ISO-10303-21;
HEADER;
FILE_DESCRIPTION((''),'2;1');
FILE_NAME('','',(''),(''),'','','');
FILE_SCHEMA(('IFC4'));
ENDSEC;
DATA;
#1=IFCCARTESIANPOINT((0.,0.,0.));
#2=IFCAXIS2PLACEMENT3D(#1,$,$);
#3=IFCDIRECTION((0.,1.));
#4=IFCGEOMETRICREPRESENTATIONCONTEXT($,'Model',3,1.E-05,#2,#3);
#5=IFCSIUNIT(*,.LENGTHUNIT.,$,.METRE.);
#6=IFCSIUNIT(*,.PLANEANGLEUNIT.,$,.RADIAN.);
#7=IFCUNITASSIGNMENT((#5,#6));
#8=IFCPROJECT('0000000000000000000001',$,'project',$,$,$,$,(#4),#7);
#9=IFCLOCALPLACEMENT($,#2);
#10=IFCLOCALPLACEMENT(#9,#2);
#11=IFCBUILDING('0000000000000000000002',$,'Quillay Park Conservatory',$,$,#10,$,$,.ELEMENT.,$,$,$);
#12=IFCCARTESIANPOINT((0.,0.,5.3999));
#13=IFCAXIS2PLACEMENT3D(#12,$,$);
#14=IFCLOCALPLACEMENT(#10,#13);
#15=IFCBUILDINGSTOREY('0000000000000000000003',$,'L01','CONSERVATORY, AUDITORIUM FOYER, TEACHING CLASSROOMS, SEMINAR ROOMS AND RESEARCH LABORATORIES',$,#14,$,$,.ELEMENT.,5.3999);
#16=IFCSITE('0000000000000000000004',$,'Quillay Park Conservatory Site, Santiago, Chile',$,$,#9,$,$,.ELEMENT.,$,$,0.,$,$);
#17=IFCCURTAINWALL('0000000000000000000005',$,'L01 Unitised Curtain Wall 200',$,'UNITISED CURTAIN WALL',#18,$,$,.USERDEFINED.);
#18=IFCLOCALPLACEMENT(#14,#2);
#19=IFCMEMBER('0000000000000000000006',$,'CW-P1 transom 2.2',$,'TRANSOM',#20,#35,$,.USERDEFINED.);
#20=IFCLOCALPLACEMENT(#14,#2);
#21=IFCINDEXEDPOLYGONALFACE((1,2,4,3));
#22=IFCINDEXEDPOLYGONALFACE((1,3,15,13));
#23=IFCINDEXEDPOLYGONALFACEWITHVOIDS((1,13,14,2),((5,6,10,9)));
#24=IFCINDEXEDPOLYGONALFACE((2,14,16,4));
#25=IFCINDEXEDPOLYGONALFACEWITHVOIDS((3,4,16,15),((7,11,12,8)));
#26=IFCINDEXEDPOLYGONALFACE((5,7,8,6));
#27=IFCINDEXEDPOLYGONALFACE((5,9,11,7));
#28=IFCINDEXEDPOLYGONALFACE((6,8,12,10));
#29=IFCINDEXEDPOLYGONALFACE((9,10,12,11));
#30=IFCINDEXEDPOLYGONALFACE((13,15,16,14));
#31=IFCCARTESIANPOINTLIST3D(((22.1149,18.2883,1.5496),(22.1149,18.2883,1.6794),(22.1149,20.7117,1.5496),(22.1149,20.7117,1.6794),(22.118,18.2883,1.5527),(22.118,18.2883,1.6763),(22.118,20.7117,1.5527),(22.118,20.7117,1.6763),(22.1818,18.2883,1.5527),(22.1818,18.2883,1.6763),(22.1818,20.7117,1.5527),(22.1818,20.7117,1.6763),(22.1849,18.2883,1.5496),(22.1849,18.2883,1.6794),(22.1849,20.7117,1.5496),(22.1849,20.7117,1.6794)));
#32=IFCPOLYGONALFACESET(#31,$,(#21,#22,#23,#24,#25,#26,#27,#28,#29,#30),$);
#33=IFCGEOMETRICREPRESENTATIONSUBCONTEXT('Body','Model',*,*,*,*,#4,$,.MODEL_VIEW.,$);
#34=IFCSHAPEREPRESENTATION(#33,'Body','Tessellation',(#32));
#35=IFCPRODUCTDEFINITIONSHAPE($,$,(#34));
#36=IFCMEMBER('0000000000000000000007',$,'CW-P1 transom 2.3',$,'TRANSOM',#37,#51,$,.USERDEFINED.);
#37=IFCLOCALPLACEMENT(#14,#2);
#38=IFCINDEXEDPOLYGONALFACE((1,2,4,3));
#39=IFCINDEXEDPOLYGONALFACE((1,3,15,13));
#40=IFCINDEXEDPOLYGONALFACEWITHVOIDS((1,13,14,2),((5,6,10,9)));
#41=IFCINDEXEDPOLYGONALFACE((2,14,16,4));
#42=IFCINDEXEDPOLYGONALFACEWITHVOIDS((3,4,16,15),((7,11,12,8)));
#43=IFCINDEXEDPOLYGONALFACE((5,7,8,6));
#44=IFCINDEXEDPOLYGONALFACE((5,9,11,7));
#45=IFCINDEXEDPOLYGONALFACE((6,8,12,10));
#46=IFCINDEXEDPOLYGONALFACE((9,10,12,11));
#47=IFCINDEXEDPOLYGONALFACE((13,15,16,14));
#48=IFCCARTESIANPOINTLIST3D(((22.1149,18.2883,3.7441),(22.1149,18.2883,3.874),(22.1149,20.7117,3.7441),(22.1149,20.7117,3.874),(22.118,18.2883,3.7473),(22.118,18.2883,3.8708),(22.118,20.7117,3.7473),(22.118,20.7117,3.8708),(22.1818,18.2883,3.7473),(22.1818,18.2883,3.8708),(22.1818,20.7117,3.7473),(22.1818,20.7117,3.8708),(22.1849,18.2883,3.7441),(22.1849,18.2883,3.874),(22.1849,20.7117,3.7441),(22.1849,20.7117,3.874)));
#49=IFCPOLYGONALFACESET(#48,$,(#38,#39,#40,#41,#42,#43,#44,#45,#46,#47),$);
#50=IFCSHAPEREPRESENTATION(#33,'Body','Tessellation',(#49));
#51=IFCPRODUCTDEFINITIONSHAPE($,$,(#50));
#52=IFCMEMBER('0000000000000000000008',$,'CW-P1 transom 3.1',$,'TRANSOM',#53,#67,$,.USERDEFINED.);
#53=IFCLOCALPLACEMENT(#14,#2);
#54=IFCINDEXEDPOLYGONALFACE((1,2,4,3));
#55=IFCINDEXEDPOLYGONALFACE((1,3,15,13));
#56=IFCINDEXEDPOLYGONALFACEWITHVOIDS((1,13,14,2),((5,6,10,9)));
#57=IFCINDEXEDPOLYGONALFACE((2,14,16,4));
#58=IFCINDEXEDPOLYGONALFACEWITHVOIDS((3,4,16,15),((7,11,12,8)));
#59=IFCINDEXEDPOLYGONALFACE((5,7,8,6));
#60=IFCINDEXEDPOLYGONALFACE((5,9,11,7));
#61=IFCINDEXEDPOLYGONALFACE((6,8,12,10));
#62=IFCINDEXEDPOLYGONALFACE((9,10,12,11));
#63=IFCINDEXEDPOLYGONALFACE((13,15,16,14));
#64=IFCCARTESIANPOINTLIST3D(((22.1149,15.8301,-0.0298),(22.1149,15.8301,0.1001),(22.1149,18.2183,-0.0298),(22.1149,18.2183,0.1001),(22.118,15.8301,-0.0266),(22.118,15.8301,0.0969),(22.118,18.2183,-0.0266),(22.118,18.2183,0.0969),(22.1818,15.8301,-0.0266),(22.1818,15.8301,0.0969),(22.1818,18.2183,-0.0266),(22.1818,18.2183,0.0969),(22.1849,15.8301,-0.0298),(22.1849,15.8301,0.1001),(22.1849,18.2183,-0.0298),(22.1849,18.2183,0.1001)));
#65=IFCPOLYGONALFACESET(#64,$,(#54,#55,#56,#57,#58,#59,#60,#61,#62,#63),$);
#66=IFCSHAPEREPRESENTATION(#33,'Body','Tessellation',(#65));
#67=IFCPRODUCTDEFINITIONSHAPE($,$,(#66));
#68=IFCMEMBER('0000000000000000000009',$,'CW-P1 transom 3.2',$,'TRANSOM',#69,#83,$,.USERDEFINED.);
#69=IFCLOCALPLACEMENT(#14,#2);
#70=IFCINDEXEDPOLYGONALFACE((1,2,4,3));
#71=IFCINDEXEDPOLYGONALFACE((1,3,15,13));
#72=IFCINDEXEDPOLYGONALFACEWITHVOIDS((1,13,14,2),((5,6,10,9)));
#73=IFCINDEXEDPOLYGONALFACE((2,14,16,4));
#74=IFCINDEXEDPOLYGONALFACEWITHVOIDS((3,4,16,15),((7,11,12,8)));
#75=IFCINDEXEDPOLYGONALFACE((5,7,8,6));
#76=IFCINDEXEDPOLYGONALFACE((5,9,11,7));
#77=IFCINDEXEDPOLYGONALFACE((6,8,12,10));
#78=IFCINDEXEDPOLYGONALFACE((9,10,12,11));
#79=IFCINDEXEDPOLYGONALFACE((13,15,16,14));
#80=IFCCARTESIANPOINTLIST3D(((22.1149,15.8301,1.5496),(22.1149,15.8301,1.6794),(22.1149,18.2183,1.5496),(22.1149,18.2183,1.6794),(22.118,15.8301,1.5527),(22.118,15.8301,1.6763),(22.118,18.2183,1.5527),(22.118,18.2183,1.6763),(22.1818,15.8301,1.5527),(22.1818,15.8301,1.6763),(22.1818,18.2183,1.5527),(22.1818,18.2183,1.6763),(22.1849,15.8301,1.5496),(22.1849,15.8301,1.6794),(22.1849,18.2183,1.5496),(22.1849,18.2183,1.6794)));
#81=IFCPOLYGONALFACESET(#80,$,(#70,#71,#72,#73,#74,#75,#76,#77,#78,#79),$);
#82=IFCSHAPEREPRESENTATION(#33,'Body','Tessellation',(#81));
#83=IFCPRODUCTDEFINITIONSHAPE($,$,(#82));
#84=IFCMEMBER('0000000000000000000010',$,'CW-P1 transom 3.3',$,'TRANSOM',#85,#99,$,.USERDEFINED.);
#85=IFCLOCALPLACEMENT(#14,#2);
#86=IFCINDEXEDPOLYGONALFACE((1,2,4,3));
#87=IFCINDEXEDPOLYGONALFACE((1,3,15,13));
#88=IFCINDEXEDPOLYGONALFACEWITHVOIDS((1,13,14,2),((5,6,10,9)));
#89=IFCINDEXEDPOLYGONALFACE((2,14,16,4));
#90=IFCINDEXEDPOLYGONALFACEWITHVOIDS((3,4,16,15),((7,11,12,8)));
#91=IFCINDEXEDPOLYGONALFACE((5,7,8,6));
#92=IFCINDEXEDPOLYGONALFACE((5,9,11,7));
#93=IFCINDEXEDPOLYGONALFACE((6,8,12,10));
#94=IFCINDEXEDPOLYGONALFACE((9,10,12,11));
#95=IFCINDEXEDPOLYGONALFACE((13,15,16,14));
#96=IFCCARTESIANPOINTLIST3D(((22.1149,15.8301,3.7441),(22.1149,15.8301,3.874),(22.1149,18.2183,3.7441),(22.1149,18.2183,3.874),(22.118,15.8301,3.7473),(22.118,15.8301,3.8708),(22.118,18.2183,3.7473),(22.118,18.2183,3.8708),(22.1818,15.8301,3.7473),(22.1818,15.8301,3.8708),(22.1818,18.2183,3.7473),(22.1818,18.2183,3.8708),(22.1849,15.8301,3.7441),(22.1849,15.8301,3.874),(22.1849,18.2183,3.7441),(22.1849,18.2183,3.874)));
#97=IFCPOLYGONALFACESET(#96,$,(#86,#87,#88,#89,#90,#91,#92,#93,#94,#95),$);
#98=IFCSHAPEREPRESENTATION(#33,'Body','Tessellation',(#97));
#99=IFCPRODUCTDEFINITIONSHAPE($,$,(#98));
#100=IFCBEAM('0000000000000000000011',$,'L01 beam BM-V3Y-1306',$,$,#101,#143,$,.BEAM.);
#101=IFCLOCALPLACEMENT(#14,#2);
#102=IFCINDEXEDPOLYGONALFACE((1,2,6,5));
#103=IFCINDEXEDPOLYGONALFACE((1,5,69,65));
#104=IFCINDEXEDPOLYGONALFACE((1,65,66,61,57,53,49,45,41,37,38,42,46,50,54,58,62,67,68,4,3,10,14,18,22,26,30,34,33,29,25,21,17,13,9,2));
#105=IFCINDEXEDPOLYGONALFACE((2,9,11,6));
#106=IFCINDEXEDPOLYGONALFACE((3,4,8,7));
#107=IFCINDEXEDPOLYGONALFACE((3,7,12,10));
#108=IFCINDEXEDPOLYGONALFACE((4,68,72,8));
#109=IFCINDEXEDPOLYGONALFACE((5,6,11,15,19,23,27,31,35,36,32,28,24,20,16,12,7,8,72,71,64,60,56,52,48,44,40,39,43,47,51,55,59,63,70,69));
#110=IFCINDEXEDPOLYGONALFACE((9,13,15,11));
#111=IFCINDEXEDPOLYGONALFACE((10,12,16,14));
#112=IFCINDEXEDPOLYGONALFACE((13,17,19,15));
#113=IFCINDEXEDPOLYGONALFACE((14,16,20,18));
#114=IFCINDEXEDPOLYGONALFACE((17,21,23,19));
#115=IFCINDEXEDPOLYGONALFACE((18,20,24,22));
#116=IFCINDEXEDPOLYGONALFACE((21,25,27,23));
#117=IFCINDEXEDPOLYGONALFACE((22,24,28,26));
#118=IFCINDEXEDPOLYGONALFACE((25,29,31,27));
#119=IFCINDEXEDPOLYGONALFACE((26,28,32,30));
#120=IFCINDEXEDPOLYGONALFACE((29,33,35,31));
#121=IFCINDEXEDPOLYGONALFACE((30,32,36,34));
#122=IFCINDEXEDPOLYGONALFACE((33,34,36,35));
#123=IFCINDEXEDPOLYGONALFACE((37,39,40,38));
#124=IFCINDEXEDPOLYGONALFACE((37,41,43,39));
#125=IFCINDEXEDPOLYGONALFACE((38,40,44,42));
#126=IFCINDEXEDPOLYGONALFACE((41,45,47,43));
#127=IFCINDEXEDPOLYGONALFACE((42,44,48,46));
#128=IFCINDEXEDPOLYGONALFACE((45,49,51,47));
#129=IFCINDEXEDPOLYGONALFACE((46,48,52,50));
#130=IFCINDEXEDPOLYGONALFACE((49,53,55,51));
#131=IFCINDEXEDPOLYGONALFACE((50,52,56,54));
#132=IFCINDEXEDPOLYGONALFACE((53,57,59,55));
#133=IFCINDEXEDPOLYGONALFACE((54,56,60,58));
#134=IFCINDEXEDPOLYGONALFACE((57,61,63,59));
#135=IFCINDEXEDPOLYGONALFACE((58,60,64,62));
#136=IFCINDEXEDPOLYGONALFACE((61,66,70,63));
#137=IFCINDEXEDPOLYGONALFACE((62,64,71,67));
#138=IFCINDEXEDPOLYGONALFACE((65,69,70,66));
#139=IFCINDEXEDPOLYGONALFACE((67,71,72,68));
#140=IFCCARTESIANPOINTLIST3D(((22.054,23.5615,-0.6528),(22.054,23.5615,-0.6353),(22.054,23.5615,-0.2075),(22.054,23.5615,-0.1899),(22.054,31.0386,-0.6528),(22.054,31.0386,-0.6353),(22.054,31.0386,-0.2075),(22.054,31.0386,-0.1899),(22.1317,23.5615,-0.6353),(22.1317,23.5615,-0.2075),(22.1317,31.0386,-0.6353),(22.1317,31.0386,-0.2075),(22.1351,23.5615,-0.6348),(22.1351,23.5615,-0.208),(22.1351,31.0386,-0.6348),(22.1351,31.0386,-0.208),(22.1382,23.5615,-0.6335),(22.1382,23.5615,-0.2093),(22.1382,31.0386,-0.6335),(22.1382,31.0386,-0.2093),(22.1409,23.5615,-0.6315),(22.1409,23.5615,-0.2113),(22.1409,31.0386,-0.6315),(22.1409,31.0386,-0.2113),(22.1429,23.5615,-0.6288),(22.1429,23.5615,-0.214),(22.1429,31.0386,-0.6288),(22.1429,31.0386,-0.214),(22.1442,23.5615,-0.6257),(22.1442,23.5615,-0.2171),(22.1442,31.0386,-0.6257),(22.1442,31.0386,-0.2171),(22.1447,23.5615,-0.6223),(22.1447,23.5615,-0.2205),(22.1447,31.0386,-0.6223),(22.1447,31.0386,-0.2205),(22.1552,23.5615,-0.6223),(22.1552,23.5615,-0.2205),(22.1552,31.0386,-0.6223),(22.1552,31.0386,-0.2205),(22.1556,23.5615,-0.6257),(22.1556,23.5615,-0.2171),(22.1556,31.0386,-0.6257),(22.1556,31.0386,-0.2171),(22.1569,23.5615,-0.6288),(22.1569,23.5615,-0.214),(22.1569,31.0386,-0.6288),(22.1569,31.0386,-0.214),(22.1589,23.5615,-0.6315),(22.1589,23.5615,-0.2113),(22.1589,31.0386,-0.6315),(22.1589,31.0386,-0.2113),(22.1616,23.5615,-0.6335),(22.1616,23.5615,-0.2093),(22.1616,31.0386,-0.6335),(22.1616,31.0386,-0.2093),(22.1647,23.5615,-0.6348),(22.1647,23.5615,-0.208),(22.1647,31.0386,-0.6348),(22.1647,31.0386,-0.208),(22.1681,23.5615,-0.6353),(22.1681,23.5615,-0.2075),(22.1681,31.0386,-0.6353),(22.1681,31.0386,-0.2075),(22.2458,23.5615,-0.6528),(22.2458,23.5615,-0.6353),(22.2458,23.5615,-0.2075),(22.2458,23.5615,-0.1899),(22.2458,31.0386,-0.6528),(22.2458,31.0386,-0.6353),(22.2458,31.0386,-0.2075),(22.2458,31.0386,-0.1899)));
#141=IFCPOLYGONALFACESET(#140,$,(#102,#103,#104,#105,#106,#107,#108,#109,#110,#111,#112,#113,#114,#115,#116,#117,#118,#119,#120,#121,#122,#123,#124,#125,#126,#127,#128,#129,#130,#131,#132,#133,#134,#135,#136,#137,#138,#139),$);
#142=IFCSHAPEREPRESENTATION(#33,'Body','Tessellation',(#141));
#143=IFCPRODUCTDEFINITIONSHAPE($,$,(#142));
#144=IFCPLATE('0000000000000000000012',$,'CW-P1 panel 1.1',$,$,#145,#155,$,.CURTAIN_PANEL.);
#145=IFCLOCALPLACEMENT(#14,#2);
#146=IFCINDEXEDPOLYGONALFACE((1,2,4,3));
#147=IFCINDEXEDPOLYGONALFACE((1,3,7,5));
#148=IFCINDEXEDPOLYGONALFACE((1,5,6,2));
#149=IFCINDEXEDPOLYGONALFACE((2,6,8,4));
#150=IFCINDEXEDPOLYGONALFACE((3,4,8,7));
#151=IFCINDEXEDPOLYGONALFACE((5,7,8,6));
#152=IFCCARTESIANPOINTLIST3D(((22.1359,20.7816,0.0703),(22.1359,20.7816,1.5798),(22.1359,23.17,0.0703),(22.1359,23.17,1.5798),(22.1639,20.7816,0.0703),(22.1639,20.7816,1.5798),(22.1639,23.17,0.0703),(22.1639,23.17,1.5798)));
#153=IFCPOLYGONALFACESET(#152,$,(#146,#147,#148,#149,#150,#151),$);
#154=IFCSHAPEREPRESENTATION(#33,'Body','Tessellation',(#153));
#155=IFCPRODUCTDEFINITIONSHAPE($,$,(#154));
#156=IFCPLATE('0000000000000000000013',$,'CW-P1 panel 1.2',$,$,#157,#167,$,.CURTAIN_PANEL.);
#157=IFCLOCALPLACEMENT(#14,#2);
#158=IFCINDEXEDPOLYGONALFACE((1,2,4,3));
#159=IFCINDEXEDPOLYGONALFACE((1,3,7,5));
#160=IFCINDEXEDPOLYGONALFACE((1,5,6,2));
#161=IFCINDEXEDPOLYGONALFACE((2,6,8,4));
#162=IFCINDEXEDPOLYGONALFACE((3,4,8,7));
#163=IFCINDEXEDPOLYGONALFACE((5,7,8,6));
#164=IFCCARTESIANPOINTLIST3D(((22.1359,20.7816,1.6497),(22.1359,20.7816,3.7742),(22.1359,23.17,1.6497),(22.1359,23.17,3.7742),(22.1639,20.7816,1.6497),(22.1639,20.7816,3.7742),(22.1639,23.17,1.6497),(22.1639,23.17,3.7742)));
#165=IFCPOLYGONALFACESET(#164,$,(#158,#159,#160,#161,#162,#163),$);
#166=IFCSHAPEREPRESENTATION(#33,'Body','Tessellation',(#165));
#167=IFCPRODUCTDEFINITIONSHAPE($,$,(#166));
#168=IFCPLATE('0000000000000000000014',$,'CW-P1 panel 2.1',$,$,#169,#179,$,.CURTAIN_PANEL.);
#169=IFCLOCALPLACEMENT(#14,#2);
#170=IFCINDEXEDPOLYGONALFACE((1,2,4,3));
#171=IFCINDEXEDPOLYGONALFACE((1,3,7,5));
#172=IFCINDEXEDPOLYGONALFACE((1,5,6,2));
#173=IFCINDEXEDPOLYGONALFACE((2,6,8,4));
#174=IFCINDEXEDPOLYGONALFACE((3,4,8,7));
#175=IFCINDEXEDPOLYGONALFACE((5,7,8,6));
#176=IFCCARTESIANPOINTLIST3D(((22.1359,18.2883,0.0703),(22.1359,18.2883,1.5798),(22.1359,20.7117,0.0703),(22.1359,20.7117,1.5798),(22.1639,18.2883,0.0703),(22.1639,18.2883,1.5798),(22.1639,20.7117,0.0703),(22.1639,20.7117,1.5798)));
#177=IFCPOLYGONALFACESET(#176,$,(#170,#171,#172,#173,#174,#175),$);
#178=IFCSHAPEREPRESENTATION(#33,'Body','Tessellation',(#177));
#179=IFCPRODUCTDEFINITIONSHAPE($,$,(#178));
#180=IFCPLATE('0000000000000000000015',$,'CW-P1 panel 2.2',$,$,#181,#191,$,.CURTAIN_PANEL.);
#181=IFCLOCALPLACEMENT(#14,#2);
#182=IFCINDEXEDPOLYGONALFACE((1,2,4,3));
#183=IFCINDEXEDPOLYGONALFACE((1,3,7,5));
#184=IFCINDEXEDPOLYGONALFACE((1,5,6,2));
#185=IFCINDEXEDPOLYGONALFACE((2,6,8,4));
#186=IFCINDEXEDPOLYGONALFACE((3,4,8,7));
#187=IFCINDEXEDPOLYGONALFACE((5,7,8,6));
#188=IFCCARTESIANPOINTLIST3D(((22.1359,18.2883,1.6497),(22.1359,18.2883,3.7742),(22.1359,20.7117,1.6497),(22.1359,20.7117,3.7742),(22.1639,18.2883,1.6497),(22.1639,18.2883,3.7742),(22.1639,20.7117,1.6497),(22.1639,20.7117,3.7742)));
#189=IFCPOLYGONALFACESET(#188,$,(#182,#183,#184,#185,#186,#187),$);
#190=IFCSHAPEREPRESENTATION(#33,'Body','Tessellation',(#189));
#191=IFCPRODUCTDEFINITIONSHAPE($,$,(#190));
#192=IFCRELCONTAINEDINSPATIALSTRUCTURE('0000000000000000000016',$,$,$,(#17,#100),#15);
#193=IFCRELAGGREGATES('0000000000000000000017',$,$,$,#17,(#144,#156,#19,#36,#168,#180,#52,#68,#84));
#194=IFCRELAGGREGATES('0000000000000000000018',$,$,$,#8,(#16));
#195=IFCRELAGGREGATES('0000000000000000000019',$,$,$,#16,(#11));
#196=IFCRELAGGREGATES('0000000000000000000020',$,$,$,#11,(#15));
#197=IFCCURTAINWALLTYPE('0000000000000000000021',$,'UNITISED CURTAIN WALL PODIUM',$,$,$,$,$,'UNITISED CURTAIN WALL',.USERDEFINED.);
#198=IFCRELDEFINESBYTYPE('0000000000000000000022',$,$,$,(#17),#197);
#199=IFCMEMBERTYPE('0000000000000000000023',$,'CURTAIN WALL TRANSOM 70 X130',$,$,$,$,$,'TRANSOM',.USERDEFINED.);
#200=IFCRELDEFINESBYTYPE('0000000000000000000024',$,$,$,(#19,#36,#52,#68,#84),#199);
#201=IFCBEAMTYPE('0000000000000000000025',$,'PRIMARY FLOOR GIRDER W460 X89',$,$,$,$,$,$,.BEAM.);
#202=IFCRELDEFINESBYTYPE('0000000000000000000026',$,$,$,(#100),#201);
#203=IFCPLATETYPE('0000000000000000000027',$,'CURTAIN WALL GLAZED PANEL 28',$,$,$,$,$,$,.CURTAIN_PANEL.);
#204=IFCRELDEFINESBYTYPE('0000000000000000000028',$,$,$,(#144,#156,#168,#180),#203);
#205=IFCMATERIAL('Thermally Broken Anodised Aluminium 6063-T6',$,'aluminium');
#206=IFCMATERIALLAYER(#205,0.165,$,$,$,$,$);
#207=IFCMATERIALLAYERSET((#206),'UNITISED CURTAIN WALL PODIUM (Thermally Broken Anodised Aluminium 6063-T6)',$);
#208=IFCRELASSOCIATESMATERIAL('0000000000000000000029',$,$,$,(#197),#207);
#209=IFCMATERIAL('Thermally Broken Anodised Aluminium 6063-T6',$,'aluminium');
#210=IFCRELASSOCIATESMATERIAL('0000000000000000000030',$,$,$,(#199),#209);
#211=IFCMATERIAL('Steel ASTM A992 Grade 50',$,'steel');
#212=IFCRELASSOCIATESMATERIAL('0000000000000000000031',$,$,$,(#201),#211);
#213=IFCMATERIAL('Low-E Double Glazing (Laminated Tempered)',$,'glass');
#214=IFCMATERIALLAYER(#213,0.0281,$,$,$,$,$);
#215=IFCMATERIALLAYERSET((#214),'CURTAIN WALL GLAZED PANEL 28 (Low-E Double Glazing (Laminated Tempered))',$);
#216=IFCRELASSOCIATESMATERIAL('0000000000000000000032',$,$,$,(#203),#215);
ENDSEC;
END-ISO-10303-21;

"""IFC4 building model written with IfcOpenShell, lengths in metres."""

from ifc_helpers import new_model, si_unit, direction, frame, origin, origin_2d, place, context, subcontext, project, spatial, rectangle, hollow_rectangle, i_section, extrude, material, layer, layer_set, material_profile, profile_set, type_object, element, aggregate, save


model = new_model("IFC4")

# Units and contexts
model_context = context("Model", 3, precision=1e-05, world=origin(), true_north=direction((0.0, 1.0)))
body_context = subcontext(model_context, "Body", "Model", "MODEL_VIEW")
ifc_project = project(units=[si_unit("LENGTHUNIT", "METRE"), si_unit("PLANEANGLEUNIT", "RADIAN")], contexts=[model_context])

# Site, building, storey
site_placement = place(None, origin())
site = spatial("IfcSite", under=ifc_project, at=site_placement, Name="Quillay Park Conservatory Site, Santiago, Chile", CompositionType="ELEMENT", RefElevation=0.0)
building_placement = place(site_placement, origin())
building = spatial("IfcBuilding", under=site, at=building_placement, Name="Quillay Park Conservatory", CompositionType="ELEMENT")
storey_placement = place(building_placement, frame((0.0, 0.0, 5.3999)))
storey = spatial("IfcBuildingStorey", under=building, at=storey_placement, Name="L01", Description="CONSERVATORY, AUDITORIUM FOYER, TEACHING CLASSROOMS, SEMINAR ROOMS AND RESEARCH LABORATORIES", CompositionType="ELEMENT", Elevation=5.3999)

# Curtain wall
ifc_material_1 = material(Name="Thermally Broken Anodised Aluminium 6063-T6", Category="aluminium")
ifc_layer_1 = layer(ifc_material_1, 0.165)
ifc_layer_set_1 = layer_set([ifc_layer_1], Name="UNITISED CURTAIN WALL PODIUM (Thermally Broken Anodised Aluminium 6063-T6)")
curtain_wall_type = type_object("IfcCurtainWallType", Name="UNITISED CURTAIN WALL PODIUM", ElementType="UNITISED CURTAIN WALL", PredefinedType="USERDEFINED", material=ifc_layer_set_1)
curtain_wall_1_placement = place(storey_placement, origin())
curtain_wall_1 = element("IfcCurtainWall", 1, at=curtain_wall_1_placement, inside=storey, type_object=curtain_wall_type, Name="L01 Unitised Curtain Wall 200", ObjectType="UNITISED CURTAIN WALL", PredefinedType="USERDEFINED")

# Members
ifc_material_2 = material(Name="Thermally Broken Anodised Aluminium 6063-T6", Category="aluminium")
ifc_material_profile_1 = material_profile(ifc_material_2, hollow_rectangle(XDim=0.0701, YDim=0.1299, WallThickness=0.0032, at=origin_2d()), Name="AL70x130x3.2")
ifc_profile_set_1 = profile_set([ifc_material_profile_1], Name="Thermally Broken Anodised Aluminium 6063-T6")
member_type_1 = type_object("IfcMemberType", Name="CURTAIN WALL TRANSOM 70 X130", ElementType="TRANSOM", PredefinedType="USERDEFINED", material=ifc_profile_set_1)
member_1_placement = place(storey_placement, frame((22.1499, 20.7117, 1.6145), z_axis=(0.0, -1.0, 0.0), x_axis=(1.0, 0.0, 0.0)))
member_1 = element("IfcMember", 2, at=member_1_placement, type_object=member_type_1, Name="CW-P1 transom 2.2", ObjectType="TRANSOM", PredefinedType="USERDEFINED", context=body_context, shape_type="SweptSolid", body=[
    extrude(hollow_rectangle(XDim=0.0701, YDim=0.1299, WallThickness=0.0032, at=origin_2d()), origin(), (0.0, 0.0, 1.0), 2.4233),
])
member_2_placement = place(storey_placement, frame((22.1499, 20.7117, 3.8091), z_axis=(0.0, -1.0, 0.0), x_axis=(1.0, 0.0, 0.0)))
member_2 = element("IfcMember", 3, at=member_2_placement, type_object=member_type_1, Name="CW-P1 transom 2.3", ObjectType="TRANSOM", PredefinedType="USERDEFINED", context=body_context, shape_type="SweptSolid", body=[
    extrude(hollow_rectangle(XDim=0.0701, YDim=0.1299, WallThickness=0.0032, at=origin_2d()), origin(), (0.0, 0.0, 1.0), 2.4233),
])
member_3_placement = place(storey_placement, frame((22.1499, 18.2183, 0.0352), z_axis=(0.0, -1.0, 0.0), x_axis=(1.0, 0.0, 0.0)))
member_3 = element("IfcMember", 4, at=member_3_placement, type_object=member_type_1, Name="CW-P1 transom 3.1", ObjectType="TRANSOM", PredefinedType="USERDEFINED", context=body_context, shape_type="SweptSolid", body=[
    extrude(hollow_rectangle(XDim=0.0701, YDim=0.1299, WallThickness=0.0032, at=origin_2d()), origin(), (0.0, 0.0, 1.0), 2.3882),
])
member_4_placement = place(storey_placement, frame((22.1499, 18.2183, 1.6145), z_axis=(0.0, -1.0, 0.0), x_axis=(1.0, 0.0, 0.0)))
member_4 = element("IfcMember", 5, at=member_4_placement, type_object=member_type_1, Name="CW-P1 transom 3.2", ObjectType="TRANSOM", PredefinedType="USERDEFINED", context=body_context, shape_type="SweptSolid", body=[
    extrude(hollow_rectangle(XDim=0.0701, YDim=0.1299, WallThickness=0.0032, at=origin_2d()), origin(), (0.0, 0.0, 1.0), 2.3882),
])
member_5_placement = place(storey_placement, frame((22.1499, 18.2183, 3.8091), z_axis=(0.0, -1.0, 0.0), x_axis=(1.0, 0.0, 0.0)))
member_5 = element("IfcMember", 6, at=member_5_placement, type_object=member_type_1, Name="CW-P1 transom 3.3", ObjectType="TRANSOM", PredefinedType="USERDEFINED", context=body_context, shape_type="SweptSolid", body=[
    extrude(hollow_rectangle(XDim=0.0701, YDim=0.1299, WallThickness=0.0032, at=origin_2d()), origin(), (0.0, 0.0, 1.0), 2.3882),
])

# Beam
ifc_material_3 = material(Name="Steel ASTM A992 Grade 50", Category="steel")
ifc_material_profile_2 = material_profile(ifc_material_3, i_section(OverallWidth=0.1919, OverallDepth=0.4629, WebThickness=0.0105, FlangeThickness=0.0176, FilletRadius=0.0129, at=origin_2d()), Name="W460x89")
ifc_profile_set_2 = profile_set([ifc_material_profile_2], Name="Steel ASTM A992 Grade 50")
beam_type = type_object("IfcBeamType", Name="PRIMARY FLOOR GIRDER W460 X89", PredefinedType="BEAM", material=ifc_profile_set_2)
beam_placement = place(storey_placement, frame((22.1499, 23.5615, -0.4214), z_axis=(0.0, 1.0, 0.0), x_axis=(-1.0, 0.0, 0.0)))
element("IfcBeam", 7, at=beam_placement, inside=storey, type_object=beam_type, Name="L01 beam BM-V3Y-1306", PredefinedType="BEAM", context=body_context, shape_type="SweptSolid", body=[
    extrude(i_section(OverallWidth=0.1919, OverallDepth=0.4629, WebThickness=0.0105, FlangeThickness=0.0176, FilletRadius=0.0129, at=origin_2d()), origin(), (0.0, 0.0, 1.0), 7.4771),
])

# Plates
ifc_material_4 = material(Name="Low-E Double Glazing (Laminated Tempered)", Category="glass")
ifc_layer_2 = layer(ifc_material_4, 0.0281)
ifc_layer_set_2 = layer_set([ifc_layer_2], Name="CURTAIN WALL GLAZED PANEL 28 (Low-E Double Glazing (Laminated Tempered))")
plate_type = type_object("IfcPlateType", Name="CURTAIN WALL GLAZED PANEL 28", PredefinedType="CURTAIN_PANEL", material=ifc_layer_set_2)
plate_1_placement = place(storey_placement, frame((22.1499, 21.9758, 0.0703), z_axis=(0.0, 0.0, 1.0), x_axis=(0.0, -1.0, 0.0)))
plate_1 = element("IfcPlate", 8, at=plate_1_placement, type_object=plate_type, Name="CW-P1 panel 1.1", PredefinedType="CURTAIN_PANEL", context=body_context, shape_type="SweptSolid", body=[
    extrude(rectangle(XDim=2.3884, YDim=0.0281, at=origin_2d()), origin(), (0.0, 0.0, 1.0), 1.5095),
])
plate_2_placement = place(storey_placement, frame((22.1499, 21.9758, 1.6497), z_axis=(0.0, 0.0, 1.0), x_axis=(0.0, -1.0, 0.0)))
plate_2 = element("IfcPlate", 9, at=plate_2_placement, type_object=plate_type, Name="CW-P1 panel 1.2", PredefinedType="CURTAIN_PANEL", context=body_context, shape_type="SweptSolid", body=[
    extrude(rectangle(XDim=2.3884, YDim=0.0281, at=origin_2d()), origin(), (0.0, 0.0, 1.0), 2.1245),
])
plate_3_placement = place(storey_placement, frame((22.1499, 19.5, 0.0703), z_axis=(0.0, 0.0, 1.0), x_axis=(0.0, -1.0, 0.0)))
plate_3 = element("IfcPlate", 10, at=plate_3_placement, type_object=plate_type, Name="CW-P1 panel 2.1", PredefinedType="CURTAIN_PANEL", context=body_context, shape_type="SweptSolid", body=[
    extrude(rectangle(XDim=2.4233, YDim=0.0281, at=origin_2d()), origin(), (0.0, 0.0, 1.0), 1.5095),
])
plate_4_placement = place(storey_placement, frame((22.1499, 19.5, 1.6497), z_axis=(0.0, 0.0, 1.0), x_axis=(0.0, -1.0, 0.0)))
plate_4 = element("IfcPlate", 11, at=plate_4_placement, type_object=plate_type, Name="CW-P1 panel 2.2", PredefinedType="CURTAIN_PANEL", context=body_context, shape_type="SweptSolid", body=[
    extrude(rectangle(XDim=2.4233, YDim=0.0281, at=origin_2d()), origin(), (0.0, 0.0, 1.0), 2.1245),
])
aggregate(curtain_wall_1, [plate_1, plate_2, member_1, member_2, plate_3, plate_4, member_3, member_4, member_5])

save(model, "model.ifc")
